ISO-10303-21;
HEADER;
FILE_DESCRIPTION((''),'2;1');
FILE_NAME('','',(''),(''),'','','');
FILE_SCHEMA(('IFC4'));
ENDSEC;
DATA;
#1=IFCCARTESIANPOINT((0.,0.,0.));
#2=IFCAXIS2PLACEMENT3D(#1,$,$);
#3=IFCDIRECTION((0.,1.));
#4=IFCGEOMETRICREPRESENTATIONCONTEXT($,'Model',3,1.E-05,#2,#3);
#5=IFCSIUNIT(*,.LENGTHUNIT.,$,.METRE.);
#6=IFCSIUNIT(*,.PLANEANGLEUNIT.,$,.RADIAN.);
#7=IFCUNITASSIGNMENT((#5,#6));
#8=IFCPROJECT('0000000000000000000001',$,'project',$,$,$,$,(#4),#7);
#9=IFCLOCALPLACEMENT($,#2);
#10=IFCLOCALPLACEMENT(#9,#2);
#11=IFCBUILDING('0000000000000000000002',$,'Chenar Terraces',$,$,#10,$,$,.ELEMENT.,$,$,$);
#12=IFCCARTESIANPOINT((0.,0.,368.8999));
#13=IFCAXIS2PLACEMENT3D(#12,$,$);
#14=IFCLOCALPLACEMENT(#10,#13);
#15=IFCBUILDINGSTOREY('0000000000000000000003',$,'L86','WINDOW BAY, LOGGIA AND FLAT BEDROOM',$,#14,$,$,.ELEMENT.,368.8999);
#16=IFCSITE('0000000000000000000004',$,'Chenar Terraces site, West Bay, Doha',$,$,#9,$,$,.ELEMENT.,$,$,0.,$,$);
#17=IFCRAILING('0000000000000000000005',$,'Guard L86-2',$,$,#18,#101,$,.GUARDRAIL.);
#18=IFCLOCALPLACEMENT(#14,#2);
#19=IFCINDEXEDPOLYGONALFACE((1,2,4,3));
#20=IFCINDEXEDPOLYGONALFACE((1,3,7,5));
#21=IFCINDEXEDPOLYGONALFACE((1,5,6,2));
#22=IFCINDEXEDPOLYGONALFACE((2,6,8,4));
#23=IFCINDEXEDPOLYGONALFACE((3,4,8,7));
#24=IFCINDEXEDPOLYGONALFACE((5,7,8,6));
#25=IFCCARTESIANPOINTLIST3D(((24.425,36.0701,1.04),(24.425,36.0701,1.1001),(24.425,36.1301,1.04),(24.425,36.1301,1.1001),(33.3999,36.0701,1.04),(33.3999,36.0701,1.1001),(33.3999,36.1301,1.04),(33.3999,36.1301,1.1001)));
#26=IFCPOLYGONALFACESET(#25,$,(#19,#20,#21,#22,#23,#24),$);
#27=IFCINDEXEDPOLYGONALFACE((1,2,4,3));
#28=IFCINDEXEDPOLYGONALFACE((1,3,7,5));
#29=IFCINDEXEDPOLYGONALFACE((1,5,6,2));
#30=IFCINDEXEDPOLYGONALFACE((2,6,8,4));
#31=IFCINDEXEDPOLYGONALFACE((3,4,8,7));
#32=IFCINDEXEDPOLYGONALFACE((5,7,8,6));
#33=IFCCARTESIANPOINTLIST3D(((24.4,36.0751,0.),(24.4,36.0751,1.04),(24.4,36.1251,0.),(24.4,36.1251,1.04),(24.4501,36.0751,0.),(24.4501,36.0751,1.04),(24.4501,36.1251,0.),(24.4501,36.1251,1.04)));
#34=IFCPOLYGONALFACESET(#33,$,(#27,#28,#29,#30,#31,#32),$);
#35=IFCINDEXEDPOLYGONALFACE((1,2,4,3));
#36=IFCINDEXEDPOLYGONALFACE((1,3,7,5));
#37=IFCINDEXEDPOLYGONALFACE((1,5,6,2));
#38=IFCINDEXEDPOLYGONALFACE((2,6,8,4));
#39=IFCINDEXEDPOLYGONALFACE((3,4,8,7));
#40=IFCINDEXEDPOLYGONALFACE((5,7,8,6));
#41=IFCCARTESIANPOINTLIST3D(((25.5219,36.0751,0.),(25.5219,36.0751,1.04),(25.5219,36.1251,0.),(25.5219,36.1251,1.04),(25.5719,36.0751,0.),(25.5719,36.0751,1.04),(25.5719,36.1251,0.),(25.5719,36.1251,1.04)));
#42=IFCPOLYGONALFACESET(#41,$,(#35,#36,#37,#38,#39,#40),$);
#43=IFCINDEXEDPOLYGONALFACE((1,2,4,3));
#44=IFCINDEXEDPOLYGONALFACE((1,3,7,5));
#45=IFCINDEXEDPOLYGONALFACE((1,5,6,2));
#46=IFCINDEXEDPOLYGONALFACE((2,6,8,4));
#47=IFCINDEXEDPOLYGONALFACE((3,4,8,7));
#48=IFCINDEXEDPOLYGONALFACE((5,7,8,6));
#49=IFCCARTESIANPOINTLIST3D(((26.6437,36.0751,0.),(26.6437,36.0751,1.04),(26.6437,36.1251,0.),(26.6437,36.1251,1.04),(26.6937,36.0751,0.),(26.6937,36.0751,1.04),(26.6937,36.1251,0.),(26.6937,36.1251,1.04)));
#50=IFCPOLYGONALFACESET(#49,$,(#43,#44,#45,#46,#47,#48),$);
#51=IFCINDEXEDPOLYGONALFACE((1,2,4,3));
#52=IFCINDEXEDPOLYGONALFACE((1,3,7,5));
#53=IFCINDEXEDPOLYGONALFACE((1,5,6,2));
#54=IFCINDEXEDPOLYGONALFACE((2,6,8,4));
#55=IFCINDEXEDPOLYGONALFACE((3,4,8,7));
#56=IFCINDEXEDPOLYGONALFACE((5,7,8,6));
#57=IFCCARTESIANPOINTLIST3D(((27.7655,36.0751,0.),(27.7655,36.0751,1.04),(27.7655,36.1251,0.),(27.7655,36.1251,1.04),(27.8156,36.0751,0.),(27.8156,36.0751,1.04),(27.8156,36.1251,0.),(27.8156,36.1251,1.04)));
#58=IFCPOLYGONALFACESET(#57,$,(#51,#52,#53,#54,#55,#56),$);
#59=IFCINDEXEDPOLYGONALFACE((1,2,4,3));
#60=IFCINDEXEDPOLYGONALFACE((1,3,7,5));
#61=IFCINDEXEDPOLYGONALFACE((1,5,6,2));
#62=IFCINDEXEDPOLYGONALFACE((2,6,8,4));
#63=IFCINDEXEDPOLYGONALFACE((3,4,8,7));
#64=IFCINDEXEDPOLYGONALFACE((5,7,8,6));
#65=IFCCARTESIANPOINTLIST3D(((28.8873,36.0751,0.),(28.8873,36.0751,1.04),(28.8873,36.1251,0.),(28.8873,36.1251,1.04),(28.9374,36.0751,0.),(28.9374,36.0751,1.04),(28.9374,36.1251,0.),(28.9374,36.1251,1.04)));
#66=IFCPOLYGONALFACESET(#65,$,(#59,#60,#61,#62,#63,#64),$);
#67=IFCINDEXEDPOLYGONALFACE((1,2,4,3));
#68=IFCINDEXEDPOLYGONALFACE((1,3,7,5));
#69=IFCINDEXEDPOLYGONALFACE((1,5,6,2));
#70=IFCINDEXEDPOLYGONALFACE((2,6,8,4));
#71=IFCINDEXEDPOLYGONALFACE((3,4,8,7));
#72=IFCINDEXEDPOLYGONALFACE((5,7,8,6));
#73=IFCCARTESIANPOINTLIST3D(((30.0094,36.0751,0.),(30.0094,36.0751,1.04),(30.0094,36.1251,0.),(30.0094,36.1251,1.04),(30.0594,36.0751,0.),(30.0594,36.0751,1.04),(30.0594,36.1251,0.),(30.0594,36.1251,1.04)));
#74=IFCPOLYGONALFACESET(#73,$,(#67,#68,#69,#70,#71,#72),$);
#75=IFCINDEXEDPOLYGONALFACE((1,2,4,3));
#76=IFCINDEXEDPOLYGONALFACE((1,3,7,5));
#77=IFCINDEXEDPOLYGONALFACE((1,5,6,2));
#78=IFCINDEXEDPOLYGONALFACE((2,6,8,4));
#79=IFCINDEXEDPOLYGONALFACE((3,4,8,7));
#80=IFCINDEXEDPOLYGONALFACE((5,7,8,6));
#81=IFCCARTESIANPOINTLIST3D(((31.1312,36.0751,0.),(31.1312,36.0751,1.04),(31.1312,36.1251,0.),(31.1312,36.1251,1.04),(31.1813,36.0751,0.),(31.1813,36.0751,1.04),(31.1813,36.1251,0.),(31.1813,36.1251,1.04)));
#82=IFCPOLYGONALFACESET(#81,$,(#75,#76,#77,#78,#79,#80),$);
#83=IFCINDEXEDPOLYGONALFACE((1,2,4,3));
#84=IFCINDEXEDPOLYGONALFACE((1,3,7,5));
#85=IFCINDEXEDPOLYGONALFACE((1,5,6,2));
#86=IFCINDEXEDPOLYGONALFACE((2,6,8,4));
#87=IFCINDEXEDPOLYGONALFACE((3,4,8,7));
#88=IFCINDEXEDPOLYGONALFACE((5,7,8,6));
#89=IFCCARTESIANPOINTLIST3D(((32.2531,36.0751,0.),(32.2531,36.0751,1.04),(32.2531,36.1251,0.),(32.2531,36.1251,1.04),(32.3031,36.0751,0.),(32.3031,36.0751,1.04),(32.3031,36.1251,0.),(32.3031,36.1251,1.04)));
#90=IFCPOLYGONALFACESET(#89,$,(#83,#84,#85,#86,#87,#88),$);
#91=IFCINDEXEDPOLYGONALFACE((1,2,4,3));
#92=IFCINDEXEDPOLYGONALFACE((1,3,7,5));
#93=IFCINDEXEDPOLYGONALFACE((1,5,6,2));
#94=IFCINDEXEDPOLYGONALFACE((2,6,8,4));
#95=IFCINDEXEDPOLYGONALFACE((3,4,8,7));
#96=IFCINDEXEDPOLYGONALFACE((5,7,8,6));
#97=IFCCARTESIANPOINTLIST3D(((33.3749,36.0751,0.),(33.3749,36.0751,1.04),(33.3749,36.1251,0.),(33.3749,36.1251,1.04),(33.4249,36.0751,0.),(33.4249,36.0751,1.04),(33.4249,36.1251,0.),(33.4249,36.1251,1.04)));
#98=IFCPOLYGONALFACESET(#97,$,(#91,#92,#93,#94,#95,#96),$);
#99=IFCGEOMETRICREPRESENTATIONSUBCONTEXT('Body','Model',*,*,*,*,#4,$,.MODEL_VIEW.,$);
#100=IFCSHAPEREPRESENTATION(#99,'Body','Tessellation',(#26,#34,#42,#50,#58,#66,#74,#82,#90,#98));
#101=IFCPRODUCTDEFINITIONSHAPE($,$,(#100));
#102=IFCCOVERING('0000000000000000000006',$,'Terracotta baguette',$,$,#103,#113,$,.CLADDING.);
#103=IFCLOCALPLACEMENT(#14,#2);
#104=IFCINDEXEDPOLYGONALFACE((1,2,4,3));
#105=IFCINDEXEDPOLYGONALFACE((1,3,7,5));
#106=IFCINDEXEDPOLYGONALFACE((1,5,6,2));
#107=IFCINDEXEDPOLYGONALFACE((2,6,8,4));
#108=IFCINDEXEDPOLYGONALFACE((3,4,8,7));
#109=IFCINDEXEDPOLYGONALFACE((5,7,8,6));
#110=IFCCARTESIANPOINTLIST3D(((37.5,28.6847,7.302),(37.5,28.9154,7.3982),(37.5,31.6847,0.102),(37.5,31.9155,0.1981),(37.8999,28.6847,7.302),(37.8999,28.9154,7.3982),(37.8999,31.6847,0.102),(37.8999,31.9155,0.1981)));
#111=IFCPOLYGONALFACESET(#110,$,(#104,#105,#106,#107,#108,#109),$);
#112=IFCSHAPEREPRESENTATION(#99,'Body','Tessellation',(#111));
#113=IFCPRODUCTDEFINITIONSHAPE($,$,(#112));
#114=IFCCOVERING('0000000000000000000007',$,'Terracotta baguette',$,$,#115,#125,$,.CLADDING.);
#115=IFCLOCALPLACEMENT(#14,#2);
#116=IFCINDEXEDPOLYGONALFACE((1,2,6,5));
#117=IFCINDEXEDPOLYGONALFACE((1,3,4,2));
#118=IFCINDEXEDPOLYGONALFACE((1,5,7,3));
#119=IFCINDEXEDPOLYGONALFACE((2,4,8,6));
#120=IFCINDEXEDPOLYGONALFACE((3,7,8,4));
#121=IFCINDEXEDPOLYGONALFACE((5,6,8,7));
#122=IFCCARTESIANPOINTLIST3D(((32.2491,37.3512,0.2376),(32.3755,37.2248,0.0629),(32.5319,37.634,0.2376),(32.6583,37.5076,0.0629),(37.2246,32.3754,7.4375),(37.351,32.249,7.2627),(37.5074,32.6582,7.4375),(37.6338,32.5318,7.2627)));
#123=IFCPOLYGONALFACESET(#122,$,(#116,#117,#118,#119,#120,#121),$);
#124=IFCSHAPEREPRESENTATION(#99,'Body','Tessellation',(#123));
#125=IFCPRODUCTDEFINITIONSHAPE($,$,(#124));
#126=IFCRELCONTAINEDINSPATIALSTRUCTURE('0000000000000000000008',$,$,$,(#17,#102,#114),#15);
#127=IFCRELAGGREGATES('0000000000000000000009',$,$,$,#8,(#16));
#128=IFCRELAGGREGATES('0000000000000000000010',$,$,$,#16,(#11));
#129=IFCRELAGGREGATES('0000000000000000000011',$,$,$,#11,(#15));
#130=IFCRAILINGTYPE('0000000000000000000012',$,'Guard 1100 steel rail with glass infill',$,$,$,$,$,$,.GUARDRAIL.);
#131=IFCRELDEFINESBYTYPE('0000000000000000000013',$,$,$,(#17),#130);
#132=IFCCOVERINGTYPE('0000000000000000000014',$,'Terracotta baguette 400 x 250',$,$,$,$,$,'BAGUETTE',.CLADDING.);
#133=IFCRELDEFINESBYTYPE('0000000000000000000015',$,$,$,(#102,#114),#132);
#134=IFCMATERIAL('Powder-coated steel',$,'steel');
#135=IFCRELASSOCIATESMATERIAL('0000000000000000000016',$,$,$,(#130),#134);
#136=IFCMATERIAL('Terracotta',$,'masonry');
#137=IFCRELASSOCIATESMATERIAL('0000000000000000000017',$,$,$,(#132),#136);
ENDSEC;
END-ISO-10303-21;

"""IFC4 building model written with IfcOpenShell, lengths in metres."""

from ifc_helpers import new_model, si_unit, direction, frame, origin, origin_2d, place, context, subcontext, project, spatial, rectangle, extrude, material, material_profile, profile_set, type_object, element, save


model = new_model("IFC4")

# Units and contexts
model_context = context("Model", 3, precision=1e-05, world=origin(), true_north=direction((0.0, 1.0)))
body_context = subcontext(model_context, "Body", "Model", "MODEL_VIEW")
ifc_project = project(units=[si_unit("LENGTHUNIT", "METRE"), si_unit("PLANEANGLEUNIT", "RADIAN")], contexts=[model_context])

# Site, building, storey
site_placement = place(None, origin())
site = spatial("IfcSite", under=ifc_project, at=site_placement, Name="Chenar Terraces site, West Bay, Doha", CompositionType="ELEMENT", RefElevation=0.0)
building_placement = place(site_placement, origin())
building = spatial("IfcBuilding", under=site, at=building_placement, Name="Chenar Terraces", CompositionType="ELEMENT")
storey_placement = place(building_placement, frame((0.0, 0.0, 368.8999)))
storey = spatial("IfcBuildingStorey", under=building, at=storey_placement, Name="L86", Description="WINDOW BAY, LOGGIA AND FLAT BEDROOM", CompositionType="ELEMENT", Elevation=368.8999)

# Railing
ifc_material_1 = material(Name="Powder-coated steel", Category="steel")
railing_type = type_object("IfcRailingType", Name="Guard 1100 steel rail with glass infill", PredefinedType="GUARDRAIL", material=ifc_material_1)
railing_placement = place(storey_placement, frame((24.425, 36.1001, 0.0)))
element("IfcRailing", 1, at=railing_placement, inside=storey, type_object=railing_type, Name="Guard L86-2", PredefinedType="GUARDRAIL", context=body_context, shape_type="SweptSolid", body=[
    extrude(rectangle(XDim=0.0601, YDim=0.0601, at=origin_2d()), frame((0.0, 0.0, 1.0701), z_axis=(1.0, 0.0, 0.0), x_axis=(0.0, 1.0, 0.0)), (0.0, 0.0, 1.0), 8.9749),
    extrude(rectangle(XDim=0.05, YDim=0.05, at=origin_2d()), origin(), (0.0, 0.0, 1.0), 1.04),
    extrude(rectangle(XDim=0.05, YDim=0.05, at=origin_2d()), frame((1.1218, 0.0, 0.0)), (0.0, 0.0, 1.0), 1.04),
    extrude(rectangle(XDim=0.05, YDim=0.05, at=origin_2d()), frame((2.2437, 0.0, 0.0)), (0.0, 0.0, 1.0), 1.04),
    extrude(rectangle(XDim=0.05, YDim=0.05, at=origin_2d()), frame((3.3655, 0.0, 0.0)), (0.0, 0.0, 1.0), 1.04),
    extrude(rectangle(XDim=0.05, YDim=0.05, at=origin_2d()), frame((4.4873, 0.0, 0.0)), (0.0, 0.0, 1.0), 1.04),
    extrude(rectangle(XDim=0.05, YDim=0.05, at=origin_2d()), frame((5.6094, 0.0, 0.0)), (0.0, 0.0, 1.0), 1.04),
    extrude(rectangle(XDim=0.05, YDim=0.05, at=origin_2d()), frame((6.7312, 0.0, 0.0)), (0.0, 0.0, 1.0), 1.04),
    extrude(rectangle(XDim=0.05, YDim=0.05, at=origin_2d()), frame((7.853, 0.0, 0.0)), (0.0, 0.0, 1.0), 1.04),
    extrude(rectangle(XDim=0.05, YDim=0.05, at=origin_2d()), frame((8.9749, 0.0, 0.0)), (0.0, 0.0, 1.0), 1.04),
])

# Coverings
ifc_material_2 = material(Name="Terracotta", Category="masonry")
ifc_material_profile_1 = material_profile(ifc_material_2, rectangle(XDim=0.3999, YDim=0.25, at=origin_2d()), Name="Terracotta baguette 400 x 250")
ifc_profile_set_1 = profile_set([ifc_material_profile_1], Name="Terracotta")
covering_type = type_object("IfcCoveringType", Name="Terracotta baguette 400 x 250", ElementType="BAGUETTE", PredefinedType="CLADDING", material=ifc_profile_set_1)
covering_1_placement = place(storey_placement, frame((37.7, 28.8, 7.3501), z_axis=(0.0, 0.384618, -0.923076), x_axis=(-1.0, 0.0, 0.0)))
element("IfcCovering", 2, at=covering_1_placement, inside=storey, type_object=covering_type, Name="Terracotta baguette", PredefinedType="CLADDING", context=body_context, shape_type="SweptSolid", body=[
    extrude(rectangle(XDim=0.3999, YDim=0.25, at=origin_2d()), origin(), (0.0, 0.0, 1.0), 7.8),
])
covering_2_placement = place(storey_placement, frame((37.4292, 32.4536, 7.3501), z_axis=(-0.494222, 0.494247, -0.715167), x_axis=(-0.707124, -0.707089, 0.0)))
element("IfcCovering", 3, at=covering_2_placement, inside=storey, type_object=covering_type, Name="Terracotta baguette", PredefinedType="CLADDING", context=body_context, shape_type="SweptSolid", body=[
    extrude(rectangle(XDim=0.3999, YDim=0.25, at=origin_2d()), origin(), (0.0, 0.0, 1.0), 10.0674),
])

save(model, "model.ifc")
